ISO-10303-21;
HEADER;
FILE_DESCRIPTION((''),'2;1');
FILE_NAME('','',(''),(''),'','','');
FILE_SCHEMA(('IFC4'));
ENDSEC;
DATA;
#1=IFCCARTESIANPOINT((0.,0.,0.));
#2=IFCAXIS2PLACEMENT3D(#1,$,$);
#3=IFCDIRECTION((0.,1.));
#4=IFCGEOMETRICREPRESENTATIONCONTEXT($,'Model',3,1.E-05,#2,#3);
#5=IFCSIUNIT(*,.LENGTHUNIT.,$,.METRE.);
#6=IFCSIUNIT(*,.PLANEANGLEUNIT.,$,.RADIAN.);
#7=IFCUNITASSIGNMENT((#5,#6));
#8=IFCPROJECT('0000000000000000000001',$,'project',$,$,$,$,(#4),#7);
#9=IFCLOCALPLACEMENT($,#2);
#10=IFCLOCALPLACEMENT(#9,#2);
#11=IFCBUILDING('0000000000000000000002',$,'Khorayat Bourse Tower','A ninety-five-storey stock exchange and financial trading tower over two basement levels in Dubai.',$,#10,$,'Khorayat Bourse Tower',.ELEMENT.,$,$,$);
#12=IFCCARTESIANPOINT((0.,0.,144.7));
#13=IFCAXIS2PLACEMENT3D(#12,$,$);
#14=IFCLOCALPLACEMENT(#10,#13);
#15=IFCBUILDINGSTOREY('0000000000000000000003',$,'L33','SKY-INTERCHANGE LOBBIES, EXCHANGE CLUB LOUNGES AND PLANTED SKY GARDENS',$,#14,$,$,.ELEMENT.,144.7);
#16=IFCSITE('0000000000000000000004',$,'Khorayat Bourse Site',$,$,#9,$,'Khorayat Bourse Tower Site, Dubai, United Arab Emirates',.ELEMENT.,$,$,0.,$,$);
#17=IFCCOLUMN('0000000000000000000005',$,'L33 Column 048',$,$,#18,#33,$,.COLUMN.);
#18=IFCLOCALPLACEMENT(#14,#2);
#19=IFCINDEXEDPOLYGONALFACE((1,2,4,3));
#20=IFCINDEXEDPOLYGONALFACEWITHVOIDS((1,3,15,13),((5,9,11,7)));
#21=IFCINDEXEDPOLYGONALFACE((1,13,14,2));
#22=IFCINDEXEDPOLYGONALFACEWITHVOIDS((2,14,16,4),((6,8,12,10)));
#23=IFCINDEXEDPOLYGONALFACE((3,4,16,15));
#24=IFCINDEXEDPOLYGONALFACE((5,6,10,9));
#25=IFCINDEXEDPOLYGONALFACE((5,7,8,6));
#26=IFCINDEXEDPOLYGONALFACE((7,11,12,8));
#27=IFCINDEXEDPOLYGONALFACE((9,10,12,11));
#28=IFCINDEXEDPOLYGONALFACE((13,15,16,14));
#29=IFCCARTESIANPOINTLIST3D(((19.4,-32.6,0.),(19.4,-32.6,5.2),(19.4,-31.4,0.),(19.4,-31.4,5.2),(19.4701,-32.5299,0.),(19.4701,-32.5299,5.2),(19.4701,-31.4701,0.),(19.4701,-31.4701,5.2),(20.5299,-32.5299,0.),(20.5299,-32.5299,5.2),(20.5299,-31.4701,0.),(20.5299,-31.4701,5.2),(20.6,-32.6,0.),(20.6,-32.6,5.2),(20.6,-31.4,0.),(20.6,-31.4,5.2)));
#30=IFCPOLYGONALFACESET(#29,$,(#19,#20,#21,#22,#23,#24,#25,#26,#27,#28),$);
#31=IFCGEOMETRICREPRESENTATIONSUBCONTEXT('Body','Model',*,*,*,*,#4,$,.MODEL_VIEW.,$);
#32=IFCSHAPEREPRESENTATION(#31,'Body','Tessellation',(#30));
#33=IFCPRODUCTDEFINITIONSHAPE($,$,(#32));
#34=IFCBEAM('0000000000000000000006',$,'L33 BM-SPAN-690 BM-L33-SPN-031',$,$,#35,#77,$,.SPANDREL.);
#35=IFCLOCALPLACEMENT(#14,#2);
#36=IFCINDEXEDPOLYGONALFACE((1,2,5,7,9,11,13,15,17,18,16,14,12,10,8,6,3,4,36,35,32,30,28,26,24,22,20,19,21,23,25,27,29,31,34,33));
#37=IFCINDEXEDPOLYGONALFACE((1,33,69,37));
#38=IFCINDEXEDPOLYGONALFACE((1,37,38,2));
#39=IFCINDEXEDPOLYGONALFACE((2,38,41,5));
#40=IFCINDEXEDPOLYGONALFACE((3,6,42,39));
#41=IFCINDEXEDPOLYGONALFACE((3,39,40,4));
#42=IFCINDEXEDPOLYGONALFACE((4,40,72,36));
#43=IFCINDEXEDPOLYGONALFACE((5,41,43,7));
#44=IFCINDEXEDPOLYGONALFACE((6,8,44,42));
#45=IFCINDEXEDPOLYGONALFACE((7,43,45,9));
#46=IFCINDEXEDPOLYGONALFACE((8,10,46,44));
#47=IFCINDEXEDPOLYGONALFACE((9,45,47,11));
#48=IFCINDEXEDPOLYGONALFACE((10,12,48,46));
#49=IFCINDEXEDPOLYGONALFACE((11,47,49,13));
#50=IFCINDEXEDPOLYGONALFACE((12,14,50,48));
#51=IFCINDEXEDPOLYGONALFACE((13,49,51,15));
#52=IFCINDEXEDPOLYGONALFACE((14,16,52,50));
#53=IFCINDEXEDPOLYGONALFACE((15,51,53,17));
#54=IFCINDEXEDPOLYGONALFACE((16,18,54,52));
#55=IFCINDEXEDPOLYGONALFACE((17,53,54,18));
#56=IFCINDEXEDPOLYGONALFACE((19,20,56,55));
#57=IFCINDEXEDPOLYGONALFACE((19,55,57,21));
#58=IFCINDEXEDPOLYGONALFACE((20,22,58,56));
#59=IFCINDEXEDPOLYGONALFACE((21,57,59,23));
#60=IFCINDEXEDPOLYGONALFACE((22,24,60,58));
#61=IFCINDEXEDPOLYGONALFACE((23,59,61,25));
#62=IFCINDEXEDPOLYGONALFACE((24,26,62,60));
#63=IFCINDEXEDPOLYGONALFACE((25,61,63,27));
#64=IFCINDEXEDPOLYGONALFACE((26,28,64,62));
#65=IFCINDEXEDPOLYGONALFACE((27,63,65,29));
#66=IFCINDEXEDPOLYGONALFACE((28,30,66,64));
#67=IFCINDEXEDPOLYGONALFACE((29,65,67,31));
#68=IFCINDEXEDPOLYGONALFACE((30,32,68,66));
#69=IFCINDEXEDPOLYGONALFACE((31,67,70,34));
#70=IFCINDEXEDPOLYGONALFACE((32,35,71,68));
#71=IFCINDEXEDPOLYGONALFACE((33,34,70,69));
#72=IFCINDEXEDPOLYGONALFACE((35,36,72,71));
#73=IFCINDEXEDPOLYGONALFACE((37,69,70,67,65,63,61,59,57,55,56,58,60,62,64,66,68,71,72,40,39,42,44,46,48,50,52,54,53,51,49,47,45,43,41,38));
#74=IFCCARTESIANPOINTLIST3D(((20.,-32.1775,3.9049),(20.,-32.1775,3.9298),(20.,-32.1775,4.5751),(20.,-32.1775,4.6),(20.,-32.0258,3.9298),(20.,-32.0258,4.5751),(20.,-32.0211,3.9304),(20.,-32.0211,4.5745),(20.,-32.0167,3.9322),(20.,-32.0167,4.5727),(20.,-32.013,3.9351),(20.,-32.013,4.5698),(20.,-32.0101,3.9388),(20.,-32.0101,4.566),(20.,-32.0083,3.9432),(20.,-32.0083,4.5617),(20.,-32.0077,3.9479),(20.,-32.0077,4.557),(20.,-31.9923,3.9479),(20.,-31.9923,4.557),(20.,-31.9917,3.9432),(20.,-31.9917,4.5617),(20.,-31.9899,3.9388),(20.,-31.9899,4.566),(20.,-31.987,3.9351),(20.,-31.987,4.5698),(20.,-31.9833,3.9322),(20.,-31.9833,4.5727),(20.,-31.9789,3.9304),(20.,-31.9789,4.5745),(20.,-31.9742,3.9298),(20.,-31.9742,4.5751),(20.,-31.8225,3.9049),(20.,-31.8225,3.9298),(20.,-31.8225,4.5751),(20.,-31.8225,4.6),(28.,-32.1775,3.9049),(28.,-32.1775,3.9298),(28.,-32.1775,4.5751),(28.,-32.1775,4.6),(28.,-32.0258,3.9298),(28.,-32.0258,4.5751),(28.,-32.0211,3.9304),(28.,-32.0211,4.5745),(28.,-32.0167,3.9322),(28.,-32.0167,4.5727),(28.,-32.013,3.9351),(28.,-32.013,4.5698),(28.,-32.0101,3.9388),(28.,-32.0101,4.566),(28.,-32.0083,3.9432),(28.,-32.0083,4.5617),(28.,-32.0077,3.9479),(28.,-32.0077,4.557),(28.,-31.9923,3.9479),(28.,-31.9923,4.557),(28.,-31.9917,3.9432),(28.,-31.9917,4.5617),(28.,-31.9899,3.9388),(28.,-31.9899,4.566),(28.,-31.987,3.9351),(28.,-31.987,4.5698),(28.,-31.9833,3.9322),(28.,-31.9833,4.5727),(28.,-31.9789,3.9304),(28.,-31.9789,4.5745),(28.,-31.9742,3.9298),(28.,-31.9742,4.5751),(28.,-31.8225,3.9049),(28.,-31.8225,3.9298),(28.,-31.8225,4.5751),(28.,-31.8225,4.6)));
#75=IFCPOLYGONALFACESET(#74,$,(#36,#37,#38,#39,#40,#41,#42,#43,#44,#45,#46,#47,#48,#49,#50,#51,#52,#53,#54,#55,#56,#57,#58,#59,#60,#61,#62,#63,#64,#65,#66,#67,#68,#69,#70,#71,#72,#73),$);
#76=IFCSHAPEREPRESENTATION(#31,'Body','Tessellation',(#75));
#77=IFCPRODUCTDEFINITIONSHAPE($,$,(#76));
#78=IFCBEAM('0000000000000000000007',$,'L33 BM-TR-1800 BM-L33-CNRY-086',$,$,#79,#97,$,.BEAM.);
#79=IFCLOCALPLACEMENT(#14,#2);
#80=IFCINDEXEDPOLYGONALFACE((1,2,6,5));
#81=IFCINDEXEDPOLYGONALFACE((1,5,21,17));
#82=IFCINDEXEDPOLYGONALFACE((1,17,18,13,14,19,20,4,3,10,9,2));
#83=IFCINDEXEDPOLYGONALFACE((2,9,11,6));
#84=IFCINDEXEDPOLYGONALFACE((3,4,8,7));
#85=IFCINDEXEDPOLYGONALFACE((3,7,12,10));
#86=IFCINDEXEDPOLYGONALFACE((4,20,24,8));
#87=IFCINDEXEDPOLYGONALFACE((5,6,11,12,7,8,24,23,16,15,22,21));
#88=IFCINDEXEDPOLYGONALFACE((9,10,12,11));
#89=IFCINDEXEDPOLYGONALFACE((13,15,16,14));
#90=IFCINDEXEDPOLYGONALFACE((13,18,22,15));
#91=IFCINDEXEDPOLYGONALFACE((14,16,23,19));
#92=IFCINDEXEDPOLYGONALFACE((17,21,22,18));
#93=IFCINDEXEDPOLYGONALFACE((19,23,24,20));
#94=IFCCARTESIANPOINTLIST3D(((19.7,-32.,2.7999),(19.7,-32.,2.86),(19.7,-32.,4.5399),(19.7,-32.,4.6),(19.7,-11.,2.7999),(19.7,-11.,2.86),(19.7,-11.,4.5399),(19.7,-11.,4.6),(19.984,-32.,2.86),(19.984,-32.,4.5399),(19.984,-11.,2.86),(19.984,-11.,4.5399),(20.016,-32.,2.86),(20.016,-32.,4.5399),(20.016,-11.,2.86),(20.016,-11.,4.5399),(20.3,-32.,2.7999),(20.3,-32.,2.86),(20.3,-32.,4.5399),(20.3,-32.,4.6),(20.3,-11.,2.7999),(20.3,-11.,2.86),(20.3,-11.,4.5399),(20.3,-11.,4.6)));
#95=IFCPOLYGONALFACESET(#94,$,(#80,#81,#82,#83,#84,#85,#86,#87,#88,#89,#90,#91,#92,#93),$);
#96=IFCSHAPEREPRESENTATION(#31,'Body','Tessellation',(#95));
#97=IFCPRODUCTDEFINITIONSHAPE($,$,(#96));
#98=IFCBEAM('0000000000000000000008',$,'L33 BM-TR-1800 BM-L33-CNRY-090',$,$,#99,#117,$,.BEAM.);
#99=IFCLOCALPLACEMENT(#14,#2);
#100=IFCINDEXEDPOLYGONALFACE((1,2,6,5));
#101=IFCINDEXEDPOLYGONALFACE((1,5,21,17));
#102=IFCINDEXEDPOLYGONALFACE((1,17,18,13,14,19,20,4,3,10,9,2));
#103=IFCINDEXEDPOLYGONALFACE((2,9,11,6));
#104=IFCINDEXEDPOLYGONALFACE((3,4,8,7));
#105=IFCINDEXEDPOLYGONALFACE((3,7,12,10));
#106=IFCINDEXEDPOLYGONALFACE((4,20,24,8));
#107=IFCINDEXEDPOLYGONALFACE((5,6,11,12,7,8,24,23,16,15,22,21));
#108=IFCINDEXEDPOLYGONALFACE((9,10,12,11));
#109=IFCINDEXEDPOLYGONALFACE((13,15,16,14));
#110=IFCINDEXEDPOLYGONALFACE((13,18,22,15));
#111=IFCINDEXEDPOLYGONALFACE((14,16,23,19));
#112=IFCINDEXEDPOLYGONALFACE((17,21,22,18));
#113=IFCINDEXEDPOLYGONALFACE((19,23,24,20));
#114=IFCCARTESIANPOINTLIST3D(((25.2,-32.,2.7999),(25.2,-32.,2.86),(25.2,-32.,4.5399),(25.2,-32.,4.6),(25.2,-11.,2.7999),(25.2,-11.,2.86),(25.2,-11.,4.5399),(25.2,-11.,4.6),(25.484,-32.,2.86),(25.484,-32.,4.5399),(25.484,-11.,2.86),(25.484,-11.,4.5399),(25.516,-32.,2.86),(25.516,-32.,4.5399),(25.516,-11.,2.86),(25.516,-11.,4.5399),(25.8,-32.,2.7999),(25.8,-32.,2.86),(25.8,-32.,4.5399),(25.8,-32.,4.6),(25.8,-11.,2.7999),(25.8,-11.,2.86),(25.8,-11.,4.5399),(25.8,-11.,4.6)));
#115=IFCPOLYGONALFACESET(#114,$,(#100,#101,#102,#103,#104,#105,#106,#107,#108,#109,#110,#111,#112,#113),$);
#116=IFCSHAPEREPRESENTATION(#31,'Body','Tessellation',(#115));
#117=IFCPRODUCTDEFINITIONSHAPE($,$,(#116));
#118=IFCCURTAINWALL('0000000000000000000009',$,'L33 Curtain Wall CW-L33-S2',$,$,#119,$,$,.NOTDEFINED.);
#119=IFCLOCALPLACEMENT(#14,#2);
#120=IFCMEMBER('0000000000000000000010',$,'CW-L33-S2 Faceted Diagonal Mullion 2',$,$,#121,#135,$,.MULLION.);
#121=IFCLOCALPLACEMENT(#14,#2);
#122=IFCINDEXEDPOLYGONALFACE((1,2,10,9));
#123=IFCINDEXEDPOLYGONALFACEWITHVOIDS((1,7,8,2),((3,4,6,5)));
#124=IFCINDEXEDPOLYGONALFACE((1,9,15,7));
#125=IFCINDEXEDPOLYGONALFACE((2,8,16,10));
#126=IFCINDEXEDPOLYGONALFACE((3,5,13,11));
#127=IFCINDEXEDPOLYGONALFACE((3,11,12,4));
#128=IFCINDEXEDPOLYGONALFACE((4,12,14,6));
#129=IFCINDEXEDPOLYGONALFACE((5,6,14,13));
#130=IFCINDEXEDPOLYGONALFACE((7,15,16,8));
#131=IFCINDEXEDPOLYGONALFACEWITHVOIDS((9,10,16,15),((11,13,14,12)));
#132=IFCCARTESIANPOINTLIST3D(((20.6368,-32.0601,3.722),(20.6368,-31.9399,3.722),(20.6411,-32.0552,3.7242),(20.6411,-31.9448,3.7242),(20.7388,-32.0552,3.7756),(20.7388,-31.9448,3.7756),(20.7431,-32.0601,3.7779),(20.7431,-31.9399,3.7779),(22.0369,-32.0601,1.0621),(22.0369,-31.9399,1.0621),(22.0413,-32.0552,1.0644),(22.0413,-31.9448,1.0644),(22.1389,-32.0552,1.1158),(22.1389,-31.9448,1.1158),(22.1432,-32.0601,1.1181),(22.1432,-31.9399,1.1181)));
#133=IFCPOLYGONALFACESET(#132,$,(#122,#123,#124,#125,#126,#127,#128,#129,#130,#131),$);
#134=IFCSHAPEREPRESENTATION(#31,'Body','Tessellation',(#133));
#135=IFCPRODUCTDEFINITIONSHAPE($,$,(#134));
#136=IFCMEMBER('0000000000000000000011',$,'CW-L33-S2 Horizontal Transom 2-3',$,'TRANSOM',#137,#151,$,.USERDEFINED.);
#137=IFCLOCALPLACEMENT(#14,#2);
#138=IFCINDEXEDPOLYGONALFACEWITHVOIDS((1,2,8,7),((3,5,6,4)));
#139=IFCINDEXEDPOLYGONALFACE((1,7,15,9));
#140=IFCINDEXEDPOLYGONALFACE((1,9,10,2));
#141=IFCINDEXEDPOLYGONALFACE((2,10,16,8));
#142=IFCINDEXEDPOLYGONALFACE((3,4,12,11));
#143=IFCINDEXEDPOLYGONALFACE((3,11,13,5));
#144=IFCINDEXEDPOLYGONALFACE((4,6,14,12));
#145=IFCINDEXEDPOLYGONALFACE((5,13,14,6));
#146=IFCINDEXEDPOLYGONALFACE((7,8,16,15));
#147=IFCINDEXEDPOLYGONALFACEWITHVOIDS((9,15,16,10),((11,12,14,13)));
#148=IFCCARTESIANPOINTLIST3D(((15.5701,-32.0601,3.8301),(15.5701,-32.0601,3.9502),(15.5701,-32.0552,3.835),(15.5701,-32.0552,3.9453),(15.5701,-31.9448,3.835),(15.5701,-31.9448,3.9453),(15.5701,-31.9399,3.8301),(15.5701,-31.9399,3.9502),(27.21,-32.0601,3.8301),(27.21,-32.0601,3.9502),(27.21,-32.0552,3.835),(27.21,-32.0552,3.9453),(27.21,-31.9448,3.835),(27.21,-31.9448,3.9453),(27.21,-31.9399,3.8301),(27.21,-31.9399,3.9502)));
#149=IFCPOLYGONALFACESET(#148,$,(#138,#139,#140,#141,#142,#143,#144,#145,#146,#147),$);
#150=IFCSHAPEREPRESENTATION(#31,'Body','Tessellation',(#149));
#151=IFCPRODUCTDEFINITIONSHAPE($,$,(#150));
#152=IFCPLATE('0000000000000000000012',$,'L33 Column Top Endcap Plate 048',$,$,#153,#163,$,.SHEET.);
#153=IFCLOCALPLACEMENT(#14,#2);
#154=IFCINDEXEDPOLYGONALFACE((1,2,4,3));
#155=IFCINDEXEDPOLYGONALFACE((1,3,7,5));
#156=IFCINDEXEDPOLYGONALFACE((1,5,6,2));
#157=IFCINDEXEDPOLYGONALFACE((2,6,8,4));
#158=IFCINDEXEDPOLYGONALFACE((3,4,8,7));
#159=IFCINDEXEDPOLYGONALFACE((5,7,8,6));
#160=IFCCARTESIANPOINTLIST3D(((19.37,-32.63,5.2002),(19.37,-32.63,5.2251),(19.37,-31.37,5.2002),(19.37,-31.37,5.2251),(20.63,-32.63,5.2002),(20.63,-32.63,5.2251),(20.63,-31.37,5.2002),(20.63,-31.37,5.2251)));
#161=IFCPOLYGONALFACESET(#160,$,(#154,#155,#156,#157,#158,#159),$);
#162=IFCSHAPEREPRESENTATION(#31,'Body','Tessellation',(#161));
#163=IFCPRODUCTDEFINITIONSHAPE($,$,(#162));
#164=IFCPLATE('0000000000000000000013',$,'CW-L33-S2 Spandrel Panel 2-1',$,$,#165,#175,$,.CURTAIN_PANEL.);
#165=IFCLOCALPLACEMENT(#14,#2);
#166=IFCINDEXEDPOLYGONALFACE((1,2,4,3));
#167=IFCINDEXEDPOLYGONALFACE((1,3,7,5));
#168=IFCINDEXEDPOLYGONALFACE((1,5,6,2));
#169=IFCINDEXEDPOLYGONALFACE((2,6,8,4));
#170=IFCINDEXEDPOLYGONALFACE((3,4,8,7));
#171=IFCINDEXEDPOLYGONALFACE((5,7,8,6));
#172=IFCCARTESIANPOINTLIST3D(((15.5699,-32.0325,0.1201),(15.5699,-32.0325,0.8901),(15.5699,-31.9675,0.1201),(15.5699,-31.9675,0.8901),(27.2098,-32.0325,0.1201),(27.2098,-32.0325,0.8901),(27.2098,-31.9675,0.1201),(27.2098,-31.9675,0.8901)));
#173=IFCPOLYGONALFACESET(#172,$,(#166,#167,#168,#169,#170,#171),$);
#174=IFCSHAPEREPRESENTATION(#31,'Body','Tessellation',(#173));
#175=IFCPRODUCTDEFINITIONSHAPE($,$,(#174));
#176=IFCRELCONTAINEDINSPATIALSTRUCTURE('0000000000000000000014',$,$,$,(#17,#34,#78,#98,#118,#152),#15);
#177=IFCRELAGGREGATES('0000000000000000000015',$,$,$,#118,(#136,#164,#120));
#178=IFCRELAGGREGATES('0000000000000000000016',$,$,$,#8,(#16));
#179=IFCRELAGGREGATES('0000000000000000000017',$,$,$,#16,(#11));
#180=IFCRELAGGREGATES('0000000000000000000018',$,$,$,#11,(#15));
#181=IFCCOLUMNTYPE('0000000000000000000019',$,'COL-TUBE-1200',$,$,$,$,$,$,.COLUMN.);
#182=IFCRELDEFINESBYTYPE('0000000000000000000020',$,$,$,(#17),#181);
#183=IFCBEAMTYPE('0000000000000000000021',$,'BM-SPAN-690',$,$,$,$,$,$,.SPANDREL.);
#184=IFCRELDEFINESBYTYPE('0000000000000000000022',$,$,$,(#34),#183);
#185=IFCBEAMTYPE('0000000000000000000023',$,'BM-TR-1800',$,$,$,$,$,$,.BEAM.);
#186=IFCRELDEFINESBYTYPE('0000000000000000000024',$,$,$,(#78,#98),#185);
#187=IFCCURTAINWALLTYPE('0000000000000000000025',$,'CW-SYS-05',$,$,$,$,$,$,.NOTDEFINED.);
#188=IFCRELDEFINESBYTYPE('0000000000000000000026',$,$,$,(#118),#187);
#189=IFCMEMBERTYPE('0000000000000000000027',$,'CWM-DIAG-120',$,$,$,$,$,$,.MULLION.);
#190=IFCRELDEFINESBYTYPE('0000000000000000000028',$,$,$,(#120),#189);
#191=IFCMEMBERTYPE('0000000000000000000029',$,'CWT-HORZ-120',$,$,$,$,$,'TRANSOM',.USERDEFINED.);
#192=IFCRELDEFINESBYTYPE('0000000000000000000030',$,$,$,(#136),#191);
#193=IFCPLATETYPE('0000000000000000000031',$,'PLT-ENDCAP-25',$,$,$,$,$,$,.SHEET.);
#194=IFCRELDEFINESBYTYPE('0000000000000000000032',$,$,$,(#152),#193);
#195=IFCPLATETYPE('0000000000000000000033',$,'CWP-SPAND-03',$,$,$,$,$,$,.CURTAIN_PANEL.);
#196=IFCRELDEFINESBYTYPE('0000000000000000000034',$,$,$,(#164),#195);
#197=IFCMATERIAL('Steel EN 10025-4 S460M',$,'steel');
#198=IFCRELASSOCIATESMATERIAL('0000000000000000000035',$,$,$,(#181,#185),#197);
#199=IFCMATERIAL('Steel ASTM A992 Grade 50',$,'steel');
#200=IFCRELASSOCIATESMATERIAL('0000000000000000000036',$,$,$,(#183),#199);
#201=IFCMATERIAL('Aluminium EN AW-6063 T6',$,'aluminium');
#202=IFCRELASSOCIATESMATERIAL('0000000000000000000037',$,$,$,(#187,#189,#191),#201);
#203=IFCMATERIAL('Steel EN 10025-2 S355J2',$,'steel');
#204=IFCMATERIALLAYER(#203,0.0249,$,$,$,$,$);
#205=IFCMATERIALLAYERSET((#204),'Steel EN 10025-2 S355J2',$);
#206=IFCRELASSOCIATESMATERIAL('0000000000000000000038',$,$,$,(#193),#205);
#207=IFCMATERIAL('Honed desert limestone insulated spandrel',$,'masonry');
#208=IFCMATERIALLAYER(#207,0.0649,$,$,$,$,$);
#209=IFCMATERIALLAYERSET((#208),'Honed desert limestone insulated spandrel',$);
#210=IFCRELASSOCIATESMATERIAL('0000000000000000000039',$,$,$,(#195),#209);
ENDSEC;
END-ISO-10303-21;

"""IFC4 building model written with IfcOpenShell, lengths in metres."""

from ifc_helpers import new_model, si_unit, direction, frame, origin, origin_2d, place, context, subcontext, project, spatial, rectangle, hollow_rectangle, i_section, extrude, source, transform, mapped, material, layer, layer_set, material_profile, profile_set, type_object, element, aggregate, save


model = new_model("IFC4")

# Units and contexts
model_context = context("Model", 3, precision=1e-05, world=origin(), true_north=direction((0.0, 1.0)))
body_context = subcontext(model_context, "Body", "Model", "MODEL_VIEW")
ifc_project = project(units=[si_unit("LENGTHUNIT", "METRE"), si_unit("PLANEANGLEUNIT", "RADIAN")], contexts=[model_context])

# Site, building, storey
site_placement = place(None, origin())
site = spatial("IfcSite", under=ifc_project, at=site_placement, Name="Khorayat Bourse Site", LongName="Khorayat Bourse Tower Site, Dubai, United Arab Emirates", CompositionType="ELEMENT", RefElevation=0.0)
building_placement = place(site_placement, origin())
building = spatial("IfcBuilding", under=site, at=building_placement, Name="Khorayat Bourse Tower", Description="A ninety-five-storey stock exchange and financial trading tower over two basement levels in Dubai.", LongName="Khorayat Bourse Tower", CompositionType="ELEMENT")
storey_placement = place(building_placement, frame((0.0, 0.0, 144.7)))
storey = spatial("IfcBuildingStorey", under=building, at=storey_placement, Name="L33", Description="SKY-INTERCHANGE LOBBIES, EXCHANGE CLUB LOUNGES AND PLANTED SKY GARDENS", CompositionType="ELEMENT", Elevation=144.7)

# Column
ifc_material_1 = material(Name="Steel EN 10025-4 S460M", Category="steel")
ifc_material_profile_1 = material_profile(ifc_material_1, hollow_rectangle(XDim=1.2, YDim=1.2, WallThickness=0.0701, at=origin_2d()), Name="BOX 1200x1200x70")
ifc_profile_set_1 = profile_set([ifc_material_profile_1], Name="Steel EN 10025-4 S460M")
column_type = type_object("IfcColumnType", Name="COL-TUBE-1200", PredefinedType="COLUMN", material=ifc_profile_set_1)
shared_shape_1 = source(origin(), body_context, "Body", "SweptSolid", [
    extrude(hollow_rectangle(XDim=1.2, YDim=1.2, WallThickness=0.0701, at=origin_2d()), origin(), (0.0, 0.0, 1.0), 5.2),
])
column_placement = place(storey_placement, frame((20.0, -32.0, 0.0), z_axis=(0.0, 0.0, 1.0), x_axis=(1.0, 0.0, 0.0)))
element("IfcColumn", 1, at=column_placement, inside=storey, type_object=column_type, Name="L33 Column 048", PredefinedType="COLUMN", context=body_context, shape_type="MappedRepresentation", body=[
    mapped(shared_shape_1, transform((0.0, 0.0, 0.0), scale=1.0)),
])

# Beams
ifc_material_2 = material(Name="Steel ASTM A992 Grade 50", Category="steel")
ifc_material_profile_2 = material_profile(ifc_material_2, i_section(OverallWidth=0.355, OverallDepth=0.6951, WebThickness=0.0154, FlangeThickness=0.0249, FilletRadius=0.0181, at=origin_2d()), Name="W690X217")
ifc_profile_set_2 = profile_set([ifc_material_profile_2], Name="Steel ASTM A992 Grade 50")
beam_type_1 = type_object("IfcBeamType", Name="BM-SPAN-690", PredefinedType="SPANDREL", material=ifc_profile_set_2)
shared_shape_2 = source(origin(), body_context, "Body", "SweptSolid", [
    extrude(i_section(OverallWidth=0.355, OverallDepth=0.6951, WebThickness=0.0154, FlangeThickness=0.0249, FilletRadius=0.0181, at=origin_2d()), origin(), (0.0, 0.0, 1.0), 8.0),
])
beam_placement = place(storey_placement, frame((20.0, -32.0, 4.2524), z_axis=(1.0, 0.0, 0.0), x_axis=(0.0, 1.0, 0.0)))
element("IfcBeam", 2, at=beam_placement, inside=storey, type_object=beam_type_1, Name="L33 BM-SPAN-690 BM-L33-SPN-031", PredefinedType="SPANDREL", context=body_context, shape_type="MappedRepresentation", body=[
    mapped(shared_shape_2, transform((0.0, 0.0, 0.0), scale=1.0)),
])
ifc_material_profile_3 = material_profile(ifc_material_1, i_section(OverallWidth=0.6001, OverallDepth=1.8, WebThickness=0.032, FlangeThickness=0.0601, at=origin_2d()), Name="PG 1800x600x32x60")
ifc_profile_set_3 = profile_set([ifc_material_profile_3], Name="Steel EN 10025-4 S460M")
beam_type_2 = type_object("IfcBeamType", Name="BM-TR-1800", PredefinedType="BEAM", material=ifc_profile_set_3)
shared_shape_3 = source(origin(), body_context, "Body", "SweptSolid", [
    extrude(i_section(OverallWidth=0.6001, OverallDepth=1.8, WebThickness=0.032, FlangeThickness=0.0601, at=origin_2d()), origin(), (0.0, 0.0, 1.0), 21.0),
])
for number, where, z_axis, x_axis, name in (
    (3, (20.0, -32.0, 3.7), (0.0, 1.0, 0.0), (-1.0, 0.0, 0.0), "L33 BM-TR-1800 BM-L33-CNRY-086"),
    (4, (25.5, -32.0, 3.7), (0.0, 1.0, 0.0), (-1.0, 0.0, 0.0), "L33 BM-TR-1800 BM-L33-CNRY-090"),
):
    element("IfcBeam", number, at=place(storey_placement, frame(where, z_axis=z_axis, x_axis=x_axis)), inside=storey, type_object=beam_type_2, Name=name, PredefinedType="BEAM", context=body_context, shape_type="MappedRepresentation", body=[
        mapped(shared_shape_3, transform((0.0, 0.0, 0.0), scale=1.0)),
    ])

# Curtain wall, members
ifc_material_3 = material(Name="Aluminium EN AW-6063 T6", Category="aluminium")
curtain_wall_type = type_object("IfcCurtainWallType", Name="CW-SYS-05", PredefinedType="NOTDEFINED", material=ifc_material_3)
curtain_wall_placement = place(storey_placement, origin())
curtain_wall = element("IfcCurtainWall", 5, at=curtain_wall_placement, inside=storey, type_object=curtain_wall_type, Name="L33 Curtain Wall CW-L33-S2", PredefinedType="NOTDEFINED")
ifc_material_profile_4 = material_profile(ifc_material_3, hollow_rectangle(XDim=0.1201, YDim=0.1201, WallThickness=0.0049, at=origin_2d()), Name="ALU 120x120x5")
ifc_profile_set_4 = profile_set([ifc_material_profile_4], Name="Aluminium EN AW-6063 T6")
member_type_1 = type_object("IfcMemberType", Name="CWM-DIAG-120", PredefinedType="MULLION", material=ifc_profile_set_4)
shared_shape_4 = source(origin(), body_context, "Body", "SweptSolid", [
    extrude(hollow_rectangle(XDim=0.1201, YDim=0.1201, WallThickness=0.0049, at=origin_2d()), origin(), (0.0, 0.0, 1.0), 3.0059),
])
member_1_placement = place(storey_placement, frame((22.0901, -32.0, 1.0901), z_axis=(-0.465797, 0.0, 0.884892), x_axis=(0.0, -1.0, 0.0)))
member_1 = element("IfcMember", 6, at=member_1_placement, type_object=member_type_1, Name="CW-L33-S2 Faceted Diagonal Mullion 2", PredefinedType="MULLION", context=body_context, shape_type="MappedRepresentation", body=[
    mapped(shared_shape_4, transform((0.0, 0.0, 0.0), scale=1.0)),
])
ifc_material_profile_5 = material_profile(ifc_material_3, hollow_rectangle(XDim=0.1201, YDim=0.1201, WallThickness=0.0049, at=origin_2d()), Name="ALU 120x120x5")
ifc_profile_set_5 = profile_set([ifc_material_profile_5], Name="Aluminium EN AW-6063 T6")
member_type_2 = type_object("IfcMemberType", Name="CWT-HORZ-120", ElementType="TRANSOM", PredefinedType="USERDEFINED", material=ifc_profile_set_5)
shared_shape_5 = source(origin(), body_context, "Body", "SweptSolid", [
    extrude(hollow_rectangle(XDim=0.1201, YDim=0.1201, WallThickness=0.0049, at=origin_2d()), origin(), (0.0, 0.0, 1.0), 11.6399),
])
member_2_placement = place(storey_placement, frame((15.5701, -32.0, 3.8901), z_axis=(1.0, 0.0, 0.0), x_axis=(0.0, 1.0, 0.0)))
member_2 = element("IfcMember", 7, at=member_2_placement, type_object=member_type_2, Name="CW-L33-S2 Horizontal Transom 2-3", ObjectType="TRANSOM", PredefinedType="USERDEFINED", context=body_context, shape_type="MappedRepresentation", body=[
    mapped(shared_shape_5, transform((0.0, 0.0, 0.0), scale=1.0)),
])

# Plates
ifc_material_4 = material(Name="Steel EN 10025-2 S355J2", Category="steel")
ifc_layer_1 = layer(ifc_material_4, 0.0249)
ifc_layer_set_1 = layer_set([ifc_layer_1], Name="Steel EN 10025-2 S355J2")
plate_type_1 = type_object("IfcPlateType", Name="PLT-ENDCAP-25", PredefinedType="SHEET", material=ifc_layer_set_1)
shared_shape_6 = source(origin(), body_context, "Body", "SweptSolid", [
    extrude(rectangle(XDim=1.26, YDim=1.26, at=origin_2d()), origin(), (0.0, 0.0, 1.0), 0.0249),
])
plate_1_placement = place(storey_placement, frame((20.0, -32.0, 5.2002), z_axis=(0.0, 0.0, 1.0), x_axis=(1.0, 0.0, 0.0)))
element("IfcPlate", 8, at=plate_1_placement, inside=storey, type_object=plate_type_1, Name="L33 Column Top Endcap Plate 048", PredefinedType="SHEET", context=body_context, shape_type="MappedRepresentation", body=[
    mapped(shared_shape_6, transform((0.0, 0.0, 0.0), scale=1.0)),
])
ifc_material_5 = material(Name="Honed desert limestone insulated spandrel", Category="masonry")
ifc_layer_2 = layer(ifc_material_5, 0.0649)
ifc_layer_set_2 = layer_set([ifc_layer_2], Name="Honed desert limestone insulated spandrel")
plate_type_2 = type_object("IfcPlateType", Name="CWP-SPAND-03", PredefinedType="CURTAIN_PANEL", material=ifc_layer_set_2)
shared_shape_7 = source(origin(), body_context, "Body", "SweptSolid", [
    extrude(rectangle(XDim=11.6399, YDim=0.0649, at=origin_2d()), origin(), (0.0, 0.0, 1.0), 0.77),
])
plate_2_placement = place(storey_placement, frame((21.3899, -32.0, 0.1201), z_axis=(0.0, 0.0, 1.0), x_axis=(1.0, 0.0, 0.0)))
plate_2 = element("IfcPlate", 9, at=plate_2_placement, type_object=plate_type_2, Name="CW-L33-S2 Spandrel Panel 2-1", PredefinedType="CURTAIN_PANEL", context=body_context, shape_type="MappedRepresentation", body=[
    mapped(shared_shape_7, transform((0.0, 0.0, 0.0), scale=1.0)),
])
aggregate(curtain_wall, [member_2, plate_2, member_1])

save(model, "model.ifc")
